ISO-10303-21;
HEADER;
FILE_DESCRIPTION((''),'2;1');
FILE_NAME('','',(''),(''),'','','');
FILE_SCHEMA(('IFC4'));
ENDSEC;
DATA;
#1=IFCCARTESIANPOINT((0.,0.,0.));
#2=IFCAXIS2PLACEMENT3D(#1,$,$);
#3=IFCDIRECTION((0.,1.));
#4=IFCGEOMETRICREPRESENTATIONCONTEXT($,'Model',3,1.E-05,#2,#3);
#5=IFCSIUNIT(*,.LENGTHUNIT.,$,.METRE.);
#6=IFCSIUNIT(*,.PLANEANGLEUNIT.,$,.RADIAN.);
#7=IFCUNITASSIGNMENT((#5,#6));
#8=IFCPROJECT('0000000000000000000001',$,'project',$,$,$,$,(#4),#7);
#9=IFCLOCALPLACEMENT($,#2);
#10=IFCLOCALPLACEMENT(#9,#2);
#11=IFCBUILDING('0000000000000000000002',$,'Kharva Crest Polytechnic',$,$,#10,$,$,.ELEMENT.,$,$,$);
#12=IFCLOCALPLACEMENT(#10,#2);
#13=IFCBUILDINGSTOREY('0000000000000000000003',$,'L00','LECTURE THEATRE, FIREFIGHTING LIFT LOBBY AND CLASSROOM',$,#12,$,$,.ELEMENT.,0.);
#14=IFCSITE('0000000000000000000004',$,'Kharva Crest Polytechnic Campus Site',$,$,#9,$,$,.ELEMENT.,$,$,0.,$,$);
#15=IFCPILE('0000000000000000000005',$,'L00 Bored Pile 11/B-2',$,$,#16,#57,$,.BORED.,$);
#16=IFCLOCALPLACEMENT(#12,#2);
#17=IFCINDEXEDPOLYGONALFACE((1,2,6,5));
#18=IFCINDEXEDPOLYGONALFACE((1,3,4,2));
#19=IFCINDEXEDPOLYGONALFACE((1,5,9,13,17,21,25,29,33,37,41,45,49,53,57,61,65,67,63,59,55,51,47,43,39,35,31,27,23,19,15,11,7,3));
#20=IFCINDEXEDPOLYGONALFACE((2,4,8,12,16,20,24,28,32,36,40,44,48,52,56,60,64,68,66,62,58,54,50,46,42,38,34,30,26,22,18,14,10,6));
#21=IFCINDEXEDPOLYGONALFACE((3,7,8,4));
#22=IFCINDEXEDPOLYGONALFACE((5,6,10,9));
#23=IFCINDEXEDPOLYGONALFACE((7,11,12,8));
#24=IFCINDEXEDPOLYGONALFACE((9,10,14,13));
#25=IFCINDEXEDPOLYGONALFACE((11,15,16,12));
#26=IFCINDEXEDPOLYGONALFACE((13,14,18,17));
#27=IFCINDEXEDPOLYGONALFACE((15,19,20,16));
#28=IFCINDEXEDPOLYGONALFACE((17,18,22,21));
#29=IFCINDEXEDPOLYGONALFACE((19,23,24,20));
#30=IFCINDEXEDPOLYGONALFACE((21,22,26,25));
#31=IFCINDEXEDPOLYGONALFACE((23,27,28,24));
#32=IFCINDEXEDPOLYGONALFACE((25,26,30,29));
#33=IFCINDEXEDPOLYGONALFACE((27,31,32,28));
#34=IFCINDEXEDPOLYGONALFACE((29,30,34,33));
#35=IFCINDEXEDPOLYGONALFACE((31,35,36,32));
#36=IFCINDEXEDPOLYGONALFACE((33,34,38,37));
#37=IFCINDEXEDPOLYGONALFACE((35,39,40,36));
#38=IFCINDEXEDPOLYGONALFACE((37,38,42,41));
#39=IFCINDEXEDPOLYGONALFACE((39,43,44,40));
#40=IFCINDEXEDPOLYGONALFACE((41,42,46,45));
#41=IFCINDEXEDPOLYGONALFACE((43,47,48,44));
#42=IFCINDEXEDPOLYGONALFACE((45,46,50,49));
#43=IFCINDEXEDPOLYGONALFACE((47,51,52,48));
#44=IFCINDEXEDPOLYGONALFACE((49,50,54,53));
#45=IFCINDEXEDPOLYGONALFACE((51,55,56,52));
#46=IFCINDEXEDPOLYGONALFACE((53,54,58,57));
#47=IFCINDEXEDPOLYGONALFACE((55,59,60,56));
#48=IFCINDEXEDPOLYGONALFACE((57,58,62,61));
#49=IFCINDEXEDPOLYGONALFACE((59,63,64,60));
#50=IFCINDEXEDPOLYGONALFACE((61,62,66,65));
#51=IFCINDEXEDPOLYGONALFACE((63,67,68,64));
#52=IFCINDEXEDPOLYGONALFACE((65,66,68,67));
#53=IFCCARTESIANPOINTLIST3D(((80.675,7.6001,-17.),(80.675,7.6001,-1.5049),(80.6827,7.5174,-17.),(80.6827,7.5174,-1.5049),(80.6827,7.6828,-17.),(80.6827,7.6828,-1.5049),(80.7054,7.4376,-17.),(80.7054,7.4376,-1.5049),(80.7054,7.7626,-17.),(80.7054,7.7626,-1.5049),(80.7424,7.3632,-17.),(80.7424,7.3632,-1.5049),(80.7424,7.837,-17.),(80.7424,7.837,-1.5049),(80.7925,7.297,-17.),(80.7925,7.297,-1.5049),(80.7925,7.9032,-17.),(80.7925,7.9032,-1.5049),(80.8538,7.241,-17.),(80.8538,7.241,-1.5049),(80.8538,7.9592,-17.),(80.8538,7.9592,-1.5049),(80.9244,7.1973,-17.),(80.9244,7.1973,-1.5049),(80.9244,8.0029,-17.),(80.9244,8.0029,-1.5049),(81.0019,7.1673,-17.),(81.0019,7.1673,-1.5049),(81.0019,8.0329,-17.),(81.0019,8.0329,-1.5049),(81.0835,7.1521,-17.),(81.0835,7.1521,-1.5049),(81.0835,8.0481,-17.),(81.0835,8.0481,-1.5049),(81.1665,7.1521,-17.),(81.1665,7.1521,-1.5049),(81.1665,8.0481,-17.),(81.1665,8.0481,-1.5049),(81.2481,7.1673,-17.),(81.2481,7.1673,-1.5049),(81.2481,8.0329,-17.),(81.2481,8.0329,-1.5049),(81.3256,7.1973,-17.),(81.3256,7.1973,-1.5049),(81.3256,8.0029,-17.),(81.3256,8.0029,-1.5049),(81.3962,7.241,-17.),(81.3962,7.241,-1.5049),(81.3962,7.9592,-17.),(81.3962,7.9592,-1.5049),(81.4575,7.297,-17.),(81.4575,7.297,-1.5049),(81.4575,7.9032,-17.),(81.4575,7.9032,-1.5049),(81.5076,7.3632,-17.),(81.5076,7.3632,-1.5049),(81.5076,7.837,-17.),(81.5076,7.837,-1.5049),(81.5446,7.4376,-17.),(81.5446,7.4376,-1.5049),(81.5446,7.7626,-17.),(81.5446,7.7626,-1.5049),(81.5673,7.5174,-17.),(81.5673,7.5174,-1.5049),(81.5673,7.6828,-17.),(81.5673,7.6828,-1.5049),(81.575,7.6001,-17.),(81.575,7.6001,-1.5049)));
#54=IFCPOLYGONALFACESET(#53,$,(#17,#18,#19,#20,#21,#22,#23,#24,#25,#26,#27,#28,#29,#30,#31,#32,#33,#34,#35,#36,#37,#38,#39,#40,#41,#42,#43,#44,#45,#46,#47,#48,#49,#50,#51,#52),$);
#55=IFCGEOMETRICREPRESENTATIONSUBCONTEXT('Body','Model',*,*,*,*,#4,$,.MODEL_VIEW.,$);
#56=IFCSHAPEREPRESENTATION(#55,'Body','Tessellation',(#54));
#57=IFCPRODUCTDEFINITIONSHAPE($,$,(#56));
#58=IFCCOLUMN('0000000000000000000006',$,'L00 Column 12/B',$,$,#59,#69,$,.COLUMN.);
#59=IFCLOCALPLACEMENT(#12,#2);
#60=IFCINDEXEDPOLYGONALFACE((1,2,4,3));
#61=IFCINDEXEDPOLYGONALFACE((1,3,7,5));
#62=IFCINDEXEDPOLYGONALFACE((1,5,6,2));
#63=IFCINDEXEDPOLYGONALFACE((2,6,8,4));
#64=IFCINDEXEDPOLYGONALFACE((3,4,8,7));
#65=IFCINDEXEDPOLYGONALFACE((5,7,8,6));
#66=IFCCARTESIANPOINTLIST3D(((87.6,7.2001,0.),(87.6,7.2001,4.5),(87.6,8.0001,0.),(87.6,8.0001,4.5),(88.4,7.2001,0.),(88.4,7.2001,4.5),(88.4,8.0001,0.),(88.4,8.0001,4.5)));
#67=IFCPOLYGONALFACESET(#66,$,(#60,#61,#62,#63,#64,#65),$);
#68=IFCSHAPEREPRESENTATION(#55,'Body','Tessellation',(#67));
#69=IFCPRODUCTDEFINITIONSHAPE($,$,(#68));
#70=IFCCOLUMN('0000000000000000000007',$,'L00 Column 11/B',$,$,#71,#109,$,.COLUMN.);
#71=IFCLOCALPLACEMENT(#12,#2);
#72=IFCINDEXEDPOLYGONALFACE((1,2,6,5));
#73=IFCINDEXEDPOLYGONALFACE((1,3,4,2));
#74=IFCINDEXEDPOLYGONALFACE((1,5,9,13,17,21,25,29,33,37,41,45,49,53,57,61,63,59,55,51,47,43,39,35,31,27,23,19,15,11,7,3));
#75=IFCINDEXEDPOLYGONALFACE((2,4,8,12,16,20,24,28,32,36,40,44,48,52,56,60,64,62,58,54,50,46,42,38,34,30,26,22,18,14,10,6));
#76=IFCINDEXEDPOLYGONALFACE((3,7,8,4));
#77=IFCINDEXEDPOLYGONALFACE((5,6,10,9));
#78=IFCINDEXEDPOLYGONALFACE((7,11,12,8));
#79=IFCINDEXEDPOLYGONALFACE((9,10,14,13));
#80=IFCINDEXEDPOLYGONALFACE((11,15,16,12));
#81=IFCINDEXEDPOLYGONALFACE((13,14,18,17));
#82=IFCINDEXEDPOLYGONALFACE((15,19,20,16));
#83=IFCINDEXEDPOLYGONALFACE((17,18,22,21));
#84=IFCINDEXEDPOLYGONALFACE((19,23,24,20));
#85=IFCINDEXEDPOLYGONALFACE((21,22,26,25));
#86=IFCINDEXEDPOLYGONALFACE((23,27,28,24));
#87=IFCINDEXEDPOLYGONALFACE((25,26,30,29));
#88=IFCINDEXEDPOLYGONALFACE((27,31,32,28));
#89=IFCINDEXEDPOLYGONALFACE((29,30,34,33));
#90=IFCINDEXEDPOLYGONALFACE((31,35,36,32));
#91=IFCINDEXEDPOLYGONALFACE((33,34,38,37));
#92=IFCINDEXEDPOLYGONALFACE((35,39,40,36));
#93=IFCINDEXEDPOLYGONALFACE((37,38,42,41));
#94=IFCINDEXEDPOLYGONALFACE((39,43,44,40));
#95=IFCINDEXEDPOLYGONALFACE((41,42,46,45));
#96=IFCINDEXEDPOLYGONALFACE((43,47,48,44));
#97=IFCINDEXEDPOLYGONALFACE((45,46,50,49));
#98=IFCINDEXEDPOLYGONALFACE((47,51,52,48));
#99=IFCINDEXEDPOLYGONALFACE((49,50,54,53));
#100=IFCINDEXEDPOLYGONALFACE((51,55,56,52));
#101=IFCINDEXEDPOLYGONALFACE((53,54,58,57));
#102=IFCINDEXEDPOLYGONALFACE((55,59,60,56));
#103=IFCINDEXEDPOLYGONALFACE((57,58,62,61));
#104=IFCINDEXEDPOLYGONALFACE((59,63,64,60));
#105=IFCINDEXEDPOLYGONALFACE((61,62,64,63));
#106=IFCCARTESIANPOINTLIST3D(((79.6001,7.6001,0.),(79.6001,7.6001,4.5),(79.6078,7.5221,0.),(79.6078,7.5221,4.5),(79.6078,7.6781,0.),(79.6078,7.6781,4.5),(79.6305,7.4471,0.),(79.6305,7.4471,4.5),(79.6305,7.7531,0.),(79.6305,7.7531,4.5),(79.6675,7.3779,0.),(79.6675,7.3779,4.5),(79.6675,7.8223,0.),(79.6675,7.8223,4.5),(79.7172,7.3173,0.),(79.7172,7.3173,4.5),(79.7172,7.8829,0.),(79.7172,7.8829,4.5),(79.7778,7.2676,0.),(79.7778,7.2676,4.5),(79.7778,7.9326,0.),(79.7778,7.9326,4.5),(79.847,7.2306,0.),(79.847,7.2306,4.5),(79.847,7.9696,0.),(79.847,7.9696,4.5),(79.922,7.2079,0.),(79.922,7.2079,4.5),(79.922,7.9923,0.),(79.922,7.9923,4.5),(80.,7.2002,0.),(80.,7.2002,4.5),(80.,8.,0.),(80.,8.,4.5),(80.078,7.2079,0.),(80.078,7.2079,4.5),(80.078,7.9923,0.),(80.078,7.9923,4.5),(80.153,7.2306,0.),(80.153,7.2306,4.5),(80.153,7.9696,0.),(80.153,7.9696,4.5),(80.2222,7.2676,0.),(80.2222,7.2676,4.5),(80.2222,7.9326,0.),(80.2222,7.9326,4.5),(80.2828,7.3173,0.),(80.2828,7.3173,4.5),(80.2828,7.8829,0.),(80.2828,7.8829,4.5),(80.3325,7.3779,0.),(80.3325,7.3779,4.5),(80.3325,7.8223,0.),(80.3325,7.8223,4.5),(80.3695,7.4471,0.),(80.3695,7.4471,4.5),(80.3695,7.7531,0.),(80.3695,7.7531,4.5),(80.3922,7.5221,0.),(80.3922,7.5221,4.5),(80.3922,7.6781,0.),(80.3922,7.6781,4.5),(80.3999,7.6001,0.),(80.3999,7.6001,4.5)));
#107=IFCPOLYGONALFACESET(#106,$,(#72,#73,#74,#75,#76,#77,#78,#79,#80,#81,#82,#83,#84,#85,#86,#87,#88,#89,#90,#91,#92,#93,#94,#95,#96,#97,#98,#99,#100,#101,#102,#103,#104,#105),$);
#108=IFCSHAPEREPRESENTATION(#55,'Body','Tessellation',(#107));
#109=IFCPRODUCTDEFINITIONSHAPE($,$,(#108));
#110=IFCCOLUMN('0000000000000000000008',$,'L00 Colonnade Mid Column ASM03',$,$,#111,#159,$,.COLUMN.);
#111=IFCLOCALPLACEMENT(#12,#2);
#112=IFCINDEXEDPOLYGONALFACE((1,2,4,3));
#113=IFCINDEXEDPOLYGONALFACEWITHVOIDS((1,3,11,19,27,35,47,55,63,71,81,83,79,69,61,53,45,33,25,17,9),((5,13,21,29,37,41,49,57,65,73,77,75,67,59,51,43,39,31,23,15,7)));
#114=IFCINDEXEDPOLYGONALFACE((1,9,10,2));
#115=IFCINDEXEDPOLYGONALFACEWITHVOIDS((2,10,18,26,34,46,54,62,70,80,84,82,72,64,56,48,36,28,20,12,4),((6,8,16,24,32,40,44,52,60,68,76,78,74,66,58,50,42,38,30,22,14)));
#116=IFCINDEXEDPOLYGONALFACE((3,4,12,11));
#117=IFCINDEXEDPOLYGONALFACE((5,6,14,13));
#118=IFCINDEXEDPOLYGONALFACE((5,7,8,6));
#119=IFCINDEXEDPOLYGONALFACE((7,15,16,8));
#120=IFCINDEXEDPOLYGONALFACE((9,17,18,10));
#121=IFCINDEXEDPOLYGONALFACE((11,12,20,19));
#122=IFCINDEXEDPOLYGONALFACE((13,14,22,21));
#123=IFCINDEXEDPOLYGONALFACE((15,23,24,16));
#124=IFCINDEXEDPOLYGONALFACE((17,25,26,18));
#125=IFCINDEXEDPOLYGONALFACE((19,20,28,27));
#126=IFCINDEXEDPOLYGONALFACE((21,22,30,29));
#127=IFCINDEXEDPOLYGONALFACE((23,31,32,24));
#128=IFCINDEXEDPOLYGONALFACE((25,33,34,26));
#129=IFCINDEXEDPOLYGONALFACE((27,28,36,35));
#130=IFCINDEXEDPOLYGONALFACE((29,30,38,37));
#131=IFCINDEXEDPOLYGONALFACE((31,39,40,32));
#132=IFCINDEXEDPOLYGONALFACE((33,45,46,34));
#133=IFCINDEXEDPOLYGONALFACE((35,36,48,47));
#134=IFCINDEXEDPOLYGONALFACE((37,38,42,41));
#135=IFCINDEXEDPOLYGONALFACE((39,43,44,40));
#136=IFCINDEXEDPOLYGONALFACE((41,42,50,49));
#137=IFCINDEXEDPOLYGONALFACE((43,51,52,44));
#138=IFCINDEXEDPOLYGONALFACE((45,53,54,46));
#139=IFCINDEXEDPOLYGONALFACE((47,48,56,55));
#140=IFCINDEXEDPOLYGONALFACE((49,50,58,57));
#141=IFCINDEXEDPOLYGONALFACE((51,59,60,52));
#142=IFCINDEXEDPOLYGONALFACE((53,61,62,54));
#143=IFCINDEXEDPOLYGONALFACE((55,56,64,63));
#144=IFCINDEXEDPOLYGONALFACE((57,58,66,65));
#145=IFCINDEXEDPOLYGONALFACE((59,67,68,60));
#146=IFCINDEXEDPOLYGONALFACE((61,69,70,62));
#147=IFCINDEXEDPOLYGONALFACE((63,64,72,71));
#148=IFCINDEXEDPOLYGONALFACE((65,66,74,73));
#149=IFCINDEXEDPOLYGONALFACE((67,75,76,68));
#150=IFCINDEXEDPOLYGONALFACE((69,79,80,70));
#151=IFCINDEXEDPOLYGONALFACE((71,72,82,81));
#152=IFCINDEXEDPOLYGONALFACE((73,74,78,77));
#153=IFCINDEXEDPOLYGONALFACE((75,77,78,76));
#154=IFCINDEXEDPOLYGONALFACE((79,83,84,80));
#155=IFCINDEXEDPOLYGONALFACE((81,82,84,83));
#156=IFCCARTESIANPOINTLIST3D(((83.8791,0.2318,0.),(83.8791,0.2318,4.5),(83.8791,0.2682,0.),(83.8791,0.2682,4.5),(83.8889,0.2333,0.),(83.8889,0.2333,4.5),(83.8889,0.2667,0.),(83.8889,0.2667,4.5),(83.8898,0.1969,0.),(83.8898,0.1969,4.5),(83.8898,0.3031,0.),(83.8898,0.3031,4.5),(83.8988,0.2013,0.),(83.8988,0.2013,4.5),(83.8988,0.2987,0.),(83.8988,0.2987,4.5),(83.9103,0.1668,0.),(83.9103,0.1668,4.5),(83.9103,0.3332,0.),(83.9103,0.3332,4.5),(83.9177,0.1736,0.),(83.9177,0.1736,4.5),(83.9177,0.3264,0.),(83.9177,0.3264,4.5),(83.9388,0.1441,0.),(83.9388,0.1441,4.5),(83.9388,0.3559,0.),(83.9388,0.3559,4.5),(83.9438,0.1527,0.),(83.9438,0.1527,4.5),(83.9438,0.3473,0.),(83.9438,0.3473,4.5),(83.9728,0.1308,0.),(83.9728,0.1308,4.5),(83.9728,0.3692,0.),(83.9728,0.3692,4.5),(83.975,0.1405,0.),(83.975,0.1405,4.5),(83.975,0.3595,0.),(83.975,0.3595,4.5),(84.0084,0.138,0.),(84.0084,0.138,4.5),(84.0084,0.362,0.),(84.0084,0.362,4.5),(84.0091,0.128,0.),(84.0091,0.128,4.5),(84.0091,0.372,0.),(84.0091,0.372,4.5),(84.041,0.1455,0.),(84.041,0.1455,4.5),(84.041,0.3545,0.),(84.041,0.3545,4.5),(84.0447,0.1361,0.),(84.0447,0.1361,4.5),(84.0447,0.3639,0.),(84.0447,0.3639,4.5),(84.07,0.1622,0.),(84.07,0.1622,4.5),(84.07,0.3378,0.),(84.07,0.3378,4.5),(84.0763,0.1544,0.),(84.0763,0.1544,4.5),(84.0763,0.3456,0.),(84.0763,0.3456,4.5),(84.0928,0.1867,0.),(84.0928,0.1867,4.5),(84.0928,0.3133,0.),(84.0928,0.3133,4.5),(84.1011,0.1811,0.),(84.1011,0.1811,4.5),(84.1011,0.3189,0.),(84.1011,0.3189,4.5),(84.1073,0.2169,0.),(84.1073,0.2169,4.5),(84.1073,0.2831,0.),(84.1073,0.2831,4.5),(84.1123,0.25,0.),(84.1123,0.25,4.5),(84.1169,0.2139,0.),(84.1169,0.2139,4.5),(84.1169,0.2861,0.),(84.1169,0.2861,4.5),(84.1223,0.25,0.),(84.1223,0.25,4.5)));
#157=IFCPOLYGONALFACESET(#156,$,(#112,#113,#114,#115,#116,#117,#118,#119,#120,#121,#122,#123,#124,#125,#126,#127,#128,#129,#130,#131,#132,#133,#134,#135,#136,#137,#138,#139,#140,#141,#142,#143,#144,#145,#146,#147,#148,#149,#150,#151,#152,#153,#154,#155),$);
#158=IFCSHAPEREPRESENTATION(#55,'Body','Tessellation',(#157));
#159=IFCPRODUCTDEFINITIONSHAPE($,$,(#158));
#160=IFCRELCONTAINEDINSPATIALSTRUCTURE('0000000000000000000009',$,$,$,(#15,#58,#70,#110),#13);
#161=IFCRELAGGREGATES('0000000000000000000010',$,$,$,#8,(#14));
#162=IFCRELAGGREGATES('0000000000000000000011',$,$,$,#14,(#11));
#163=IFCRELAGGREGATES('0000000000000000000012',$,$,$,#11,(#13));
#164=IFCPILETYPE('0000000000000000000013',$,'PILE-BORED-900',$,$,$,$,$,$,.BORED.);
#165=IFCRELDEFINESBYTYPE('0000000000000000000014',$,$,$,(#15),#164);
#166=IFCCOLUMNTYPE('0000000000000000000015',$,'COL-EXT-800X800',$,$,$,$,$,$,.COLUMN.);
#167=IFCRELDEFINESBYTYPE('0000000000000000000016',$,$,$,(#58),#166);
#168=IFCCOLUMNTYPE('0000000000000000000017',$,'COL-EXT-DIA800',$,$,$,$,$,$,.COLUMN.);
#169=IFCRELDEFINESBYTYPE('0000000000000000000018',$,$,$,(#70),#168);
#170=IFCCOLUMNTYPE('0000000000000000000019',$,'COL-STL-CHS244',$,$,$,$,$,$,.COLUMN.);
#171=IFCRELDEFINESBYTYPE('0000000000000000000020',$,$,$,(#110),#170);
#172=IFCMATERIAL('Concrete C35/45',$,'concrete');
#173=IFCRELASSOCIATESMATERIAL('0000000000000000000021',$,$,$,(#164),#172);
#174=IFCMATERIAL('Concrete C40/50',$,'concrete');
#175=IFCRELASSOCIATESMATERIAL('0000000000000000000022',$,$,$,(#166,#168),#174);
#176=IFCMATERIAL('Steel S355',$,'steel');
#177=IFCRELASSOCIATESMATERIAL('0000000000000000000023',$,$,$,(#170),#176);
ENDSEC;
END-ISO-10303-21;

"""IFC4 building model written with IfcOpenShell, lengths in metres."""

from ifc_helpers import new_model, si_unit, direction, frame, origin, origin_2d, place, context, subcontext, project, spatial, rectangle, circle, hollow_circle, extrude, material, material_profile, profile_set, type_object, element, save


model = new_model("IFC4")

# Units and contexts
model_context = context("Model", 3, precision=1e-05, world=origin(), true_north=direction((0.0, 1.0)))
body_context = subcontext(model_context, "Body", "Model", "MODEL_VIEW")
ifc_project = project(units=[si_unit("LENGTHUNIT", "METRE"), si_unit("PLANEANGLEUNIT", "RADIAN")], contexts=[model_context])

# Site, building, storey
site_placement = place(None, origin())
site = spatial("IfcSite", under=ifc_project, at=site_placement, Name="Kharva Crest Polytechnic Campus Site", CompositionType="ELEMENT", RefElevation=0.0)
building_placement = place(site_placement, origin())
building = spatial("IfcBuilding", under=site, at=building_placement, Name="Kharva Crest Polytechnic", CompositionType="ELEMENT")
storey_placement = place(building_placement, origin())
storey = spatial("IfcBuildingStorey", under=building, at=storey_placement, Name="L00", Description="LECTURE THEATRE, FIREFIGHTING LIFT LOBBY AND CLASSROOM", CompositionType="ELEMENT", Elevation=0.0)

# Shared definitions
ifc_material_1 = material(Name="Concrete C35/45", Category="concrete")

# Pile
ifc_material_profile_1 = material_profile(ifc_material_1, circle(Radius=0.45, at=origin_2d()), Name="DIA 900")
ifc_profile_set_1 = profile_set([ifc_material_profile_1], Name="Concrete C35/45")
pile_type_1 = type_object("IfcPileType", Name="PILE-BORED-900", PredefinedType="BORED", material=ifc_profile_set_1)
pile_placement = place(storey_placement, frame((81.125, 7.6001, -1.5049), z_axis=(0.0, 0.0, -1.0), x_axis=(1.0, 0.0, 0.0)))
element("IfcPile", 1, at=pile_placement, inside=storey, type_object=pile_type_1, Name="L00 Bored Pile 11/B-2", PredefinedType="BORED", context=body_context, shape_type="SweptSolid", body=[
    extrude(circle(Radius=0.45, at=origin_2d()), origin(), (0.0, 0.0, 1.0), 15.4951),
])

# Columns
ifc_material_2 = material(Name="Concrete C40/50", Category="concrete")
ifc_material_profile_2 = material_profile(ifc_material_2, rectangle(XDim=0.8, YDim=0.8, at=origin_2d()), Name="RECT 800 X 800")
ifc_profile_set_2 = profile_set([ifc_material_profile_2], Name="Concrete C40/50")
column_type_1 = type_object("IfcColumnType", Name="COL-EXT-800X800", PredefinedType="COLUMN", material=ifc_profile_set_2)
column_1_placement = place(storey_placement, frame((88.0, 7.6001, 0.0), z_axis=(0.0, 0.0, 1.0), x_axis=(1.0, 0.0, 0.0)))
element("IfcColumn", 2, at=column_1_placement, inside=storey, type_object=column_type_1, Name="L00 Column 12/B", PredefinedType="COLUMN", context=body_context, shape_type="SweptSolid", body=[
    extrude(rectangle(XDim=0.8, YDim=0.8, at=origin_2d()), origin(), (0.0, 0.0, 1.0), 4.5),
])
ifc_material_profile_3 = material_profile(ifc_material_2, circle(Radius=0.3999, at=origin_2d()), Name="DIA 800")
ifc_profile_set_3 = profile_set([ifc_material_profile_3], Name="Concrete C40/50")
column_type_2 = type_object("IfcColumnType", Name="COL-EXT-DIA800", PredefinedType="COLUMN", material=ifc_profile_set_3)
column_2_placement = place(storey_placement, frame((80.0, 7.6001, 0.0), z_axis=(0.0, 0.0, 1.0), x_axis=(1.0, 0.0, 0.0)))
element("IfcColumn", 3, at=column_2_placement, inside=storey, type_object=column_type_2, Name="L00 Column 11/B", PredefinedType="COLUMN", context=body_context, shape_type="SweptSolid", body=[
    extrude(circle(Radius=0.3999, at=origin_2d()), origin(), (0.0, 0.0, 1.0), 4.5),
])
ifc_material_3 = material(Name="Steel S355", Category="steel")
ifc_material_profile_4 = material_profile(ifc_material_3, hollow_circle(Radius=0.1223, WallThickness=0.01, at=origin_2d()), Name="CHS 244.5X10.0")
ifc_profile_set_4 = profile_set([ifc_material_profile_4], Name="Steel S355")
column_type_3 = type_object("IfcColumnType", Name="COL-STL-CHS244", PredefinedType="COLUMN", material=ifc_profile_set_4)
for number, where, z_axis, x_axis, name in (
    (4, (84.0, 0.25, 0.0), (0.0, 0.0, 1.0), (1.0, 0.0, 0.0), "L00 Colonnade Mid Column ASM03"),
):
    element("IfcColumn", number, at=place(storey_placement, frame(where, z_axis=z_axis, x_axis=x_axis)), inside=storey, type_object=column_type_3, Name=name, PredefinedType="COLUMN", context=body_context, shape_type="SweptSolid", body=[
        extrude(hollow_circle(Radius=0.1223, WallThickness=0.01, at=origin_2d()), origin(), (0.0, 0.0, 1.0), 4.5),
    ])

save(model, "model.ifc")
